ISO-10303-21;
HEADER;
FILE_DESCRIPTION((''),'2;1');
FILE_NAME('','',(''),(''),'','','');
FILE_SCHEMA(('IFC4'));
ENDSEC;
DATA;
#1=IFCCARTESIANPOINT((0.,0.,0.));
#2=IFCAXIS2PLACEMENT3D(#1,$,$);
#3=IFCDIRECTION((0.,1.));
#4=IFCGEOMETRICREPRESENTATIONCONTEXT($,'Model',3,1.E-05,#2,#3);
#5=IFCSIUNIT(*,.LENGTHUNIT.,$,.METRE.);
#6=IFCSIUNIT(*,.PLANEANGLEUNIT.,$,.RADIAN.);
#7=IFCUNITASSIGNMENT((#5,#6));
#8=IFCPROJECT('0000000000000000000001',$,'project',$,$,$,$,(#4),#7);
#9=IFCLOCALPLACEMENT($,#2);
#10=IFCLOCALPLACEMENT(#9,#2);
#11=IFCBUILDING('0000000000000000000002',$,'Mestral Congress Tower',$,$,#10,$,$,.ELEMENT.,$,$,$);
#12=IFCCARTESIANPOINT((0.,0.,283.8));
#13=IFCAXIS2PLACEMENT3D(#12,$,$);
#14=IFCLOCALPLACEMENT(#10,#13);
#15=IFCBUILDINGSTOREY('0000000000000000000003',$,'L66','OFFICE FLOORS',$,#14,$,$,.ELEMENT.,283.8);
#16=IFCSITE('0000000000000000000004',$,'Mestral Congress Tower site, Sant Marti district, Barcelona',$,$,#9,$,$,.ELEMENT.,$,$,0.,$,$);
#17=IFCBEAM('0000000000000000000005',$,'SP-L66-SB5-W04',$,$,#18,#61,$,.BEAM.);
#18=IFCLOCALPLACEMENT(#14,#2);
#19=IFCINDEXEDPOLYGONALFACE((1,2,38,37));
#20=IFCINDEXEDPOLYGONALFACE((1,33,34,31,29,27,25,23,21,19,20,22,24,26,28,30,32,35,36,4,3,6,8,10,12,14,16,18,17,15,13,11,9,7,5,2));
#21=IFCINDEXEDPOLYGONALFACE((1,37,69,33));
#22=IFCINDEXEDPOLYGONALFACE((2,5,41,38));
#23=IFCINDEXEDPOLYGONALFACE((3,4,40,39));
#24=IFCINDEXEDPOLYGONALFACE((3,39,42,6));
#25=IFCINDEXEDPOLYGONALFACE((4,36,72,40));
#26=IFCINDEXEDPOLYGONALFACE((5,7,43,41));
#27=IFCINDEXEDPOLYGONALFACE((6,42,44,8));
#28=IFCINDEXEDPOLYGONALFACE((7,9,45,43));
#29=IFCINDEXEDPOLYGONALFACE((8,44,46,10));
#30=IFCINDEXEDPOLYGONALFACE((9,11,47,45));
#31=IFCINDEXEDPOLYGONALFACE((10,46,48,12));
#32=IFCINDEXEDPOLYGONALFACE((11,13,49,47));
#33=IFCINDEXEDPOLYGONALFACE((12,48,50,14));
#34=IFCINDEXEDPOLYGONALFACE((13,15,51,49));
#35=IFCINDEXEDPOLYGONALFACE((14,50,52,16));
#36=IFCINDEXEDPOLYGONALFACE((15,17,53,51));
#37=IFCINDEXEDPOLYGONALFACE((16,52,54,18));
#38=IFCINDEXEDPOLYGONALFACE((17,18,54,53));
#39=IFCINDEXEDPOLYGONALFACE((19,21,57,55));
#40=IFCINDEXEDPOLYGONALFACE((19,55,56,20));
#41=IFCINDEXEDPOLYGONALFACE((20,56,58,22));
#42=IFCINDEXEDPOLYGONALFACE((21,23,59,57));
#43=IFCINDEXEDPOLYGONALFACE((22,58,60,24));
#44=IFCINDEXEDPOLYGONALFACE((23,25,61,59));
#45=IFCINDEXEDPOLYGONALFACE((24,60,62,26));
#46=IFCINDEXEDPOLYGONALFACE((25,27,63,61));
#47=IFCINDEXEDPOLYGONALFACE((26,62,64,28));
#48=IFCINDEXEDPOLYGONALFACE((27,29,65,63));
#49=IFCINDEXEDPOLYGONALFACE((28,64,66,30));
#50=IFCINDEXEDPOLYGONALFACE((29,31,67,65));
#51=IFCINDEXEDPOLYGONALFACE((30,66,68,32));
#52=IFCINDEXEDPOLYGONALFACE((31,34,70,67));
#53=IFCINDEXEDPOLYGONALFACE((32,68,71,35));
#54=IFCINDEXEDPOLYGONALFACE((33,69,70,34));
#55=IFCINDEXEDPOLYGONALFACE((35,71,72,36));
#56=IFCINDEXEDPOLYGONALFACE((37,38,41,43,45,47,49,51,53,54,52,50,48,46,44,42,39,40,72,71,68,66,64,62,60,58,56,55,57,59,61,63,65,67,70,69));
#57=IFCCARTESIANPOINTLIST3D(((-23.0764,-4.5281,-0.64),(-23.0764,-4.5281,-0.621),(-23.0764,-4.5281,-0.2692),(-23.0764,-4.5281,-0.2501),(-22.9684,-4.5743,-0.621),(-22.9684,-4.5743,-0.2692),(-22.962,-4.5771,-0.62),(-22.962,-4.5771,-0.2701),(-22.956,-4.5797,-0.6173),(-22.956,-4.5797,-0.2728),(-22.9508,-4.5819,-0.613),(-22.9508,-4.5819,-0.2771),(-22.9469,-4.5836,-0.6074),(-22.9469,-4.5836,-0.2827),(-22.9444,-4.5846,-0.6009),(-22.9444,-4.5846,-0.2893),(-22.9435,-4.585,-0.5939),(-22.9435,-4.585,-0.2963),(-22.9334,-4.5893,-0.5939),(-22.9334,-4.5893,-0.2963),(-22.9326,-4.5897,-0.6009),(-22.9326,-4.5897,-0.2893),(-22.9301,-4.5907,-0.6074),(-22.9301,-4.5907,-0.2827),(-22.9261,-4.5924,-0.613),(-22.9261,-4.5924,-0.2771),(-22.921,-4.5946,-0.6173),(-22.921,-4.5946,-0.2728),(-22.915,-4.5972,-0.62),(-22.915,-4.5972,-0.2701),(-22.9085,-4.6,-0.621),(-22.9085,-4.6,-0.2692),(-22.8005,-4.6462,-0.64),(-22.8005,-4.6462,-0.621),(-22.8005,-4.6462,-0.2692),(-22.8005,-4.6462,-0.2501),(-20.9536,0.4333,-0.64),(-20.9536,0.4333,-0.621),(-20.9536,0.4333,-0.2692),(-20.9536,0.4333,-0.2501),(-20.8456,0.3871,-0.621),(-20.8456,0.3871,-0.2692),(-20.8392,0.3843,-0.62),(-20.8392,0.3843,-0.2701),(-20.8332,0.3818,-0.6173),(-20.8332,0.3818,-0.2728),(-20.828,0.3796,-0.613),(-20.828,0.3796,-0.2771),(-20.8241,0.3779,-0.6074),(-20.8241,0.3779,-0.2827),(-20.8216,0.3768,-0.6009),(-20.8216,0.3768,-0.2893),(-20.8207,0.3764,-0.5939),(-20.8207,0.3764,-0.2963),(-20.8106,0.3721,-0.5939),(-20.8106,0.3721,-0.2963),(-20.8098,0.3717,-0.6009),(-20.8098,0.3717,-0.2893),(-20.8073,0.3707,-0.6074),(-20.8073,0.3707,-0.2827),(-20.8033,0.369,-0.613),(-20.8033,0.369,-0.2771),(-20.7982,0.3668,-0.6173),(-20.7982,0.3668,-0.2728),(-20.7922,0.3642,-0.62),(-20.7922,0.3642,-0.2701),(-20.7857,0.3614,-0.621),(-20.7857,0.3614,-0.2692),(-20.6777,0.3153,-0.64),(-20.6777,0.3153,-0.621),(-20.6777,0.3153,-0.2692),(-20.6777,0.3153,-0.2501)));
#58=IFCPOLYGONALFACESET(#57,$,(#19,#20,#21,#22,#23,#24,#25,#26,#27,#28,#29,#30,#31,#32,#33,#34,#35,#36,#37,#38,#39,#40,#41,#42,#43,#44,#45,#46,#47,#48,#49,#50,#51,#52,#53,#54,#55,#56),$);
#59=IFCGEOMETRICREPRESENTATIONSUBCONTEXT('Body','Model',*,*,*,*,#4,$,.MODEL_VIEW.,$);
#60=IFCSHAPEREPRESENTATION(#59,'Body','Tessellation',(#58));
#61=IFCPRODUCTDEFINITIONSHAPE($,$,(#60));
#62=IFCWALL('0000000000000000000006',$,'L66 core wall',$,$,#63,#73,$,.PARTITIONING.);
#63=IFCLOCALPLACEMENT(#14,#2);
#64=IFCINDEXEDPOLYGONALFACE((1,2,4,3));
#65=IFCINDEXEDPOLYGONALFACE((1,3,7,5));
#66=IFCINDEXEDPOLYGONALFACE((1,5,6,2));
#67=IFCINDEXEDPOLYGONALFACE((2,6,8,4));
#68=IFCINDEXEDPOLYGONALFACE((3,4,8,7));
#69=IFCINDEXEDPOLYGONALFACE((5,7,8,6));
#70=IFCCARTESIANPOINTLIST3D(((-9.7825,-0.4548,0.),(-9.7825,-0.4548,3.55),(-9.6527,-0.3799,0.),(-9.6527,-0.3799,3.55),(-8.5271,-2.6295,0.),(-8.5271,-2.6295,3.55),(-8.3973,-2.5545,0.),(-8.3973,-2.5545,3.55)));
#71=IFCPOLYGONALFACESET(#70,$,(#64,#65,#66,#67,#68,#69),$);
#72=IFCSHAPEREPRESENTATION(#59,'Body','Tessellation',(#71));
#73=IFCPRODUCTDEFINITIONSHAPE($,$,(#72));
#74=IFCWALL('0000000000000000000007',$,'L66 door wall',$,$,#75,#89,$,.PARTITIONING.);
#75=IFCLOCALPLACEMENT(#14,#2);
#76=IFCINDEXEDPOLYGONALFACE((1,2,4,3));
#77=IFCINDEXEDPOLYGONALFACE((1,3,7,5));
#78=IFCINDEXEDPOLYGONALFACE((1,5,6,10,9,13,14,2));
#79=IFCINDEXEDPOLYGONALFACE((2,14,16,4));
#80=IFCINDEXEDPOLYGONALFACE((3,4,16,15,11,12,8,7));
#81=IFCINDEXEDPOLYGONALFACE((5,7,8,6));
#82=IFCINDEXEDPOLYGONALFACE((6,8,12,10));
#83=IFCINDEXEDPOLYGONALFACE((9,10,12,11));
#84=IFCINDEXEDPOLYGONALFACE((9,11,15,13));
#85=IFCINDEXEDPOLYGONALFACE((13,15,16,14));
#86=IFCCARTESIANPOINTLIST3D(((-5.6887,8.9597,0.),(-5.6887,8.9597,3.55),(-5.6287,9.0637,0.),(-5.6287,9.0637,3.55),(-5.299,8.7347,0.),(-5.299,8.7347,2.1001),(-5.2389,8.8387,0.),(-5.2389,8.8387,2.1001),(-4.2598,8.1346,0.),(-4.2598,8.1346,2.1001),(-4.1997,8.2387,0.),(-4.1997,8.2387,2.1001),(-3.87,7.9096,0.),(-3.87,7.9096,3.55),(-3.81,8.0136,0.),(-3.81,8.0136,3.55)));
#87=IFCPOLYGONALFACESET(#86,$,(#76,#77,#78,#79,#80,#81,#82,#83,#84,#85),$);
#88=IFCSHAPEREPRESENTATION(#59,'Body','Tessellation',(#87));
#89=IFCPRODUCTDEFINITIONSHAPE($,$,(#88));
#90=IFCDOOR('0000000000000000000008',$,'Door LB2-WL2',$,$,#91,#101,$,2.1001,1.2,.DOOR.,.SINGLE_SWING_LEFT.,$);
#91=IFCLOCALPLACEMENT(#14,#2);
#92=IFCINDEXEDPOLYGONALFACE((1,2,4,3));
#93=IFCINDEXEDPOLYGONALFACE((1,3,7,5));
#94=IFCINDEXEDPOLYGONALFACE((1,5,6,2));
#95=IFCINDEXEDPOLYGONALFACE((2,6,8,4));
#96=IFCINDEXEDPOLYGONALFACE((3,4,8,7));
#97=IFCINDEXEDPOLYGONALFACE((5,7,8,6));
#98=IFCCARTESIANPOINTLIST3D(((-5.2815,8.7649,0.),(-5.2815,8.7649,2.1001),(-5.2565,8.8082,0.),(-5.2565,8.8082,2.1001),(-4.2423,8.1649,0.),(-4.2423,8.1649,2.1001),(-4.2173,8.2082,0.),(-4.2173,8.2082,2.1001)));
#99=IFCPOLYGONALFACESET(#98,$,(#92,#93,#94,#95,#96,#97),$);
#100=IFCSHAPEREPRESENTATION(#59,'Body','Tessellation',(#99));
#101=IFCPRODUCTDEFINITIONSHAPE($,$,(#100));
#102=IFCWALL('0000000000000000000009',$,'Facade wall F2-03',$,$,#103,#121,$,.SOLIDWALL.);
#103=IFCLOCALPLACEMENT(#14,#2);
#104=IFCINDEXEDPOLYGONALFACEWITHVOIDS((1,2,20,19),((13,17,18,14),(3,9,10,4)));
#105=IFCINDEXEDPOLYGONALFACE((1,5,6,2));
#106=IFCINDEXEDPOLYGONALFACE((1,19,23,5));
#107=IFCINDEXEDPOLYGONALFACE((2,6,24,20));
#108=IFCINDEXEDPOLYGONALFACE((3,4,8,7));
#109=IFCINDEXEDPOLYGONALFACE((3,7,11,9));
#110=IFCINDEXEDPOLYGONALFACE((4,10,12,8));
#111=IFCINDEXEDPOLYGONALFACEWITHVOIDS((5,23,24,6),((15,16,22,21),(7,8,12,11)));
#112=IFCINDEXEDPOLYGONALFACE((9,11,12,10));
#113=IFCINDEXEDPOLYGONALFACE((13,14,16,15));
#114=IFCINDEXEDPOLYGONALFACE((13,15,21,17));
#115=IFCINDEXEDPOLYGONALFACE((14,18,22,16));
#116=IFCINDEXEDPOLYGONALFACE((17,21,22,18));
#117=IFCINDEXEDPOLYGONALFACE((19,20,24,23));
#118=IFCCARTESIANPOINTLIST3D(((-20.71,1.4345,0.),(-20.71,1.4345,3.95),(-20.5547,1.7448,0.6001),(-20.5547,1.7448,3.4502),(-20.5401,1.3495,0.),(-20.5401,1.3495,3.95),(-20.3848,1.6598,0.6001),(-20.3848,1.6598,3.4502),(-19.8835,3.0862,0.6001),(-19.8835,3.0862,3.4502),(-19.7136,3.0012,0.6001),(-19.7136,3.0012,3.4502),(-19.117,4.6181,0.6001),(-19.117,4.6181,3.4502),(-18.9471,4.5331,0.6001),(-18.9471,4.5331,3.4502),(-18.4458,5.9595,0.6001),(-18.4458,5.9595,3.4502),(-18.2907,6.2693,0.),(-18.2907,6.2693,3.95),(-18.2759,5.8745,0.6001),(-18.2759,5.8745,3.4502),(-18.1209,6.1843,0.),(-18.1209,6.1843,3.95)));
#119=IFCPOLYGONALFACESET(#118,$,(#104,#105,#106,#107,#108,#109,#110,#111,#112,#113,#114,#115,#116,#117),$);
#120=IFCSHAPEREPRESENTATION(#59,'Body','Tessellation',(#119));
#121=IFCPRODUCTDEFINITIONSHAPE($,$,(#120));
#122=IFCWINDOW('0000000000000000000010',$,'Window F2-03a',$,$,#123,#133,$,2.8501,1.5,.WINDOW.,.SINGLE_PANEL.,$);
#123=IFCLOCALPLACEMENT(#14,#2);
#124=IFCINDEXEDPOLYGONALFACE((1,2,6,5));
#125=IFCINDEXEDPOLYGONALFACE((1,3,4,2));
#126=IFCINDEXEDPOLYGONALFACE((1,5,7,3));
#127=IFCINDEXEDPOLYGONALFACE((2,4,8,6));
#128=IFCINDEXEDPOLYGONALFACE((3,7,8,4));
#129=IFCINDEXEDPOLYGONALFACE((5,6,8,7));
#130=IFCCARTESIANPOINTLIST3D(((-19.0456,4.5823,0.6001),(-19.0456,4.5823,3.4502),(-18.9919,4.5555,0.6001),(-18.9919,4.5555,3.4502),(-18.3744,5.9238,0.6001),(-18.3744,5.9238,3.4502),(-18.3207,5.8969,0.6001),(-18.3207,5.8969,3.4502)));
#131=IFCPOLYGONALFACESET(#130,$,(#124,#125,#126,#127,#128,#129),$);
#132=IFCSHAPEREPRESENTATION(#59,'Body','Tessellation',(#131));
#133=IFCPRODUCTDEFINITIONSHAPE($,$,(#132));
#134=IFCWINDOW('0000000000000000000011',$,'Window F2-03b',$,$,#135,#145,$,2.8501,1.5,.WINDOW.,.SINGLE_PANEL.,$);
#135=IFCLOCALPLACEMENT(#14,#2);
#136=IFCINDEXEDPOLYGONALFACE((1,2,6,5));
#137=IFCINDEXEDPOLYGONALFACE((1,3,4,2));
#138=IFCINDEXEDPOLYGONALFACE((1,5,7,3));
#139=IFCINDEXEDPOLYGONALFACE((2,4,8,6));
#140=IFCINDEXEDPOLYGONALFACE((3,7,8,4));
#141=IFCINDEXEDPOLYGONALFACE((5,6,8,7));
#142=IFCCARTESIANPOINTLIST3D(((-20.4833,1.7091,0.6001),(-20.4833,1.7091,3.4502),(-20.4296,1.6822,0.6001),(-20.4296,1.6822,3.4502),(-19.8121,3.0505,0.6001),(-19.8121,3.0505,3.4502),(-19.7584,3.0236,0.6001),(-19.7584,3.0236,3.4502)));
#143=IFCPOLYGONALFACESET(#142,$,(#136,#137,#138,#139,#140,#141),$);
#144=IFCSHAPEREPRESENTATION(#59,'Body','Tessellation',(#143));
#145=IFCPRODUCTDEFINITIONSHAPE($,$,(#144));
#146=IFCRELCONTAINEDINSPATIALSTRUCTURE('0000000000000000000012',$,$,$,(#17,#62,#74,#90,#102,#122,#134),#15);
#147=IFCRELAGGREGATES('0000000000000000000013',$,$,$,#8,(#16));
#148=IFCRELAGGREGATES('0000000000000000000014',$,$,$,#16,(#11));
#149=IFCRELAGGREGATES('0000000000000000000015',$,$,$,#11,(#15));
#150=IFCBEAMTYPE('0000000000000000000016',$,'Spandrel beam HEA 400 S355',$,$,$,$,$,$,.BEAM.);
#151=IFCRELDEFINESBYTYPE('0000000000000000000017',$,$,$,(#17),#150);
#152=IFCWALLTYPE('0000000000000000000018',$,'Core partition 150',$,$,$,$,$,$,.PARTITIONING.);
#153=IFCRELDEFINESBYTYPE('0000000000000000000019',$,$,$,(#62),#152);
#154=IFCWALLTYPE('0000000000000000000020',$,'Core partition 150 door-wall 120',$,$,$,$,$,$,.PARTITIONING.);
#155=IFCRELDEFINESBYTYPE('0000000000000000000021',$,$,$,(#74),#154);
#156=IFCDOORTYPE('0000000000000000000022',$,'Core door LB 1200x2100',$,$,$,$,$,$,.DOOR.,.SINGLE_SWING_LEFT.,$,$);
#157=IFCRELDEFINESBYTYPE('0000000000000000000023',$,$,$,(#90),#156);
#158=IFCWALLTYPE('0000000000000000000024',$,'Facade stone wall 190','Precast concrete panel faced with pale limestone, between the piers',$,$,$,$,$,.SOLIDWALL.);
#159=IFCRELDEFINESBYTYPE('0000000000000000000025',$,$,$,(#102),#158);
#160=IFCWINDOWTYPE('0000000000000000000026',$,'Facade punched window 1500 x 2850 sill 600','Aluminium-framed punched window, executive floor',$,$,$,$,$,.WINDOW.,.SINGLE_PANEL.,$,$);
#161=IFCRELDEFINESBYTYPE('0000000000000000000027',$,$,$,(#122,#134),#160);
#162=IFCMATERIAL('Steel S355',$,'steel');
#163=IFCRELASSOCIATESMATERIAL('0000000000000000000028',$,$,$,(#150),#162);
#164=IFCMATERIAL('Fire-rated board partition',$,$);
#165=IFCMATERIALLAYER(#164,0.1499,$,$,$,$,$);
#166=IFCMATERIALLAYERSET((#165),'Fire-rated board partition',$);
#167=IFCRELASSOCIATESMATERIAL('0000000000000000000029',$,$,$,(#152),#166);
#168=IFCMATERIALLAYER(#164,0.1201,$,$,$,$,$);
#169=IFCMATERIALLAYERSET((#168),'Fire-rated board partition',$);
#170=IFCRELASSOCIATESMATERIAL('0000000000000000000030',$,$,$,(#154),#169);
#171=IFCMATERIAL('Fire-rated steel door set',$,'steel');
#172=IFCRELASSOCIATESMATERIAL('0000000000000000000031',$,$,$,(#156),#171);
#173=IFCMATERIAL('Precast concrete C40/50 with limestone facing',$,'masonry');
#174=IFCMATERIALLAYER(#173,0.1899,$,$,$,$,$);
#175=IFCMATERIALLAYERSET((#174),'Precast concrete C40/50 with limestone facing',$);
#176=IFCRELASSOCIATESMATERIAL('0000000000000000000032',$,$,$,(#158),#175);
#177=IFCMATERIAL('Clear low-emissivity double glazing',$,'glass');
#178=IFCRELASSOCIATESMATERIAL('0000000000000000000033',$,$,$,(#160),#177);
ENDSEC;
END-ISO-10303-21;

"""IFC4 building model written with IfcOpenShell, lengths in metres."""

from ifc_helpers import new_model, si_unit, direction, frame, frame_2d, origin, origin_2d, place, context, subcontext, project, spatial, rectangle, i_section, extrude, material, layer, layer_set, material_profile, profile_set, type_object, element, fill, save


model = new_model("IFC4")

# Units and contexts
model_context = context("Model", 3, precision=1e-05, world=origin(), true_north=direction((0.0, 1.0)))
body_context = subcontext(model_context, "Body", "Model", "MODEL_VIEW")
ifc_project = project(units=[si_unit("LENGTHUNIT", "METRE"), si_unit("PLANEANGLEUNIT", "RADIAN")], contexts=[model_context])

# Site, building, storey
site_placement = place(None, origin())
site = spatial("IfcSite", under=ifc_project, at=site_placement, Name="Mestral Congress Tower site, Sant Marti district, Barcelona", CompositionType="ELEMENT", RefElevation=0.0)
building_placement = place(site_placement, origin())
building = spatial("IfcBuilding", under=site, at=building_placement, Name="Mestral Congress Tower", CompositionType="ELEMENT")
storey_placement = place(building_placement, frame((0.0, 0.0, 283.8)))
storey = spatial("IfcBuildingStorey", under=building, at=storey_placement, Name="L66", Description="OFFICE FLOORS", CompositionType="ELEMENT", Elevation=283.8)

# Beam
ifc_material_1 = material(Name="Steel S355", Category="steel")
ifc_material_profile_1 = material_profile(ifc_material_1, i_section(OverallWidth=0.3, OverallDepth=0.3899, WebThickness=0.011, FlangeThickness=0.019, FilletRadius=0.0271, at=origin_2d()), Name="HEA 400")
ifc_profile_set_1 = profile_set([ifc_material_profile_1], Name="Steel S355")
beam_type_1 = type_object("IfcBeamType", Name="Spandrel beam HEA 400 S355", PredefinedType="BEAM", material=ifc_profile_set_1)
beam_1_placement = place(storey_placement, frame((-20.8157, 0.3743, -0.4451), z_axis=(-0.393368, -0.919381, 0.0), x_axis=(0.919381, -0.393368, 0.0)))
element("IfcBeam", 1, at=beam_1_placement, inside=storey, type_object=beam_type_1, Name="SP-L66-SB5-W04", PredefinedType="BEAM", context=body_context, shape_type="SweptSolid", body=[
    extrude(i_section(OverallWidth=0.3, OverallDepth=0.3899, WebThickness=0.011, FlangeThickness=0.019, FilletRadius=0.0271, at=origin_2d()), origin(), (0.0, 0.0, 1.0), 5.3965),
])

# Wall
ifc_material_2 = material(Name="Fire-rated board partition")
ifc_layer_1 = layer(ifc_material_2, 0.1499)
ifc_layer_set_1 = layer_set([ifc_layer_1], Name="Fire-rated board partition")
wall_type_1 = type_object("IfcWallType", Name="Core partition 150", PredefinedType="PARTITIONING", material=ifc_layer_set_1)
wall_1_placement = place(storey_placement, frame((-9.7175, -0.4175, 0.0), z_axis=(0.0, 0.0, 1.0), x_axis=(0.499967, -0.866045, 0.0)))
element("IfcWall", 2, at=wall_1_placement, inside=storey, type_object=wall_type_1, Name="L66 core wall", PredefinedType="PARTITIONING", context=body_context, shape_type="SweptSolid", body=[
    extrude(rectangle(XDim=2.511, YDim=0.1499, at=frame_2d((1.2554, 0.0))), origin(), (0.0, 0.0, 1.0), 3.55),
])

# Wall, opening, door
ifc_layer_2 = layer(ifc_material_2, 0.1201)
ifc_layer_set_2 = layer_set([ifc_layer_2], Name="Fire-rated board partition")
wall_type_2 = type_object("IfcWallType", Name="Core partition 150 door-wall 120", PredefinedType="PARTITIONING", material=ifc_layer_set_2)
wall_2_placement = place(storey_placement, frame((-5.6587, 9.0117, 0.0), z_axis=(0.0, 0.0, 1.0), x_axis=(0.866009, -0.500028, 0.0)))
wall_2 = element("IfcWall", 3, at=wall_2_placement, inside=storey, type_object=wall_type_2, Name="L66 door wall", PredefinedType="PARTITIONING", context=body_context, shape_type="SweptSolid", body=[
    extrude(rectangle(XDim=2.1001, YDim=0.1201, at=frame_2d((1.05, 0.0))), origin(), (0.0, 0.0, 1.0), 3.55),
])
opening_1_placement = place(wall_2_placement, frame((0.45, 0.0, 0.0)))
opening_1 = element("IfcOpeningElement", 4, at=opening_1_placement, cuts=wall_2, PredefinedType="OPENING", context=body_context, shape_type="SweptSolid", body=[
    extrude(rectangle(XDim=1.2, YDim=2.1001, at=frame_2d((0.6001, 1.05))), frame((0.0, 0.0701, 0.0), z_axis=(0.0, -1.0, 0.0), x_axis=(1.0, 0.0, 0.0)), (0.0, 0.0, 1.0), 0.1401),
])
ifc_material_3 = material(Name="Fire-rated steel door set", Category="steel")
door_type_1 = type_object("IfcDoorType", Name="Core door LB 1200x2100", OperationType="SINGLE_SWING_LEFT", PredefinedType="DOOR", material=ifc_material_3)
door_1_placement = place(opening_1_placement, origin())
door_1 = element("IfcDoor", 5, at=door_1_placement, inside=storey, type_object=door_type_1, Name="Door LB2-WL2", OperationType="SINGLE_SWING_LEFT", OverallHeight=2.1001, OverallWidth=1.2, PredefinedType="DOOR", context=body_context, shape_type="SweptSolid", body=[
    extrude(rectangle(XDim=1.2, YDim=2.1001, at=frame_2d((0.6001, 1.05))), frame((0.0, 0.0249, 0.0), z_axis=(0.0, -1.0, 0.0), x_axis=(1.0, 0.0, 0.0)), (0.0, 0.0, 1.0), 0.05),
])
fill(opening_1, door_1)

# Wall, openings, windows
ifc_material_4 = material(Name="Precast concrete C40/50 with limestone facing", Category="masonry")
ifc_layer_3 = layer(ifc_material_4, 0.1899)
ifc_layer_set_3 = layer_set([ifc_layer_3], Name="Precast concrete C40/50 with limestone facing")
wall_type_3 = type_object("IfcWallType", Name="Facade stone wall 190", Description="Precast concrete panel faced with pale limestone, between the piers", PredefinedType="SOLIDWALL", material=ifc_layer_set_3)
wall_3_placement = place(storey_placement, frame((-18.2058, 6.2268, 0.0), z_axis=(0.0, 0.0, 1.0), x_axis=(-0.447485, -0.894292, 0.0)))
wall_3 = element("IfcWall", 6, at=wall_3_placement, inside=storey, type_object=wall_type_3, Name="Facade wall F2-03", PredefinedType="SOLIDWALL", context=body_context, shape_type="SweptSolid", body=[
    extrude(rectangle(XDim=5.4062, YDim=0.1899, at=frame_2d((2.7031, 0.0))), origin(), (0.0, 0.0, 1.0), 3.95),
])
opening_2_placement = place(wall_3_placement, frame((0.3464, 0.0, 0.6001)))
opening_2 = element("IfcOpeningElement", 7, at=opening_2_placement, cuts=wall_3, PredefinedType="OPENING", context=body_context, shape_type="SweptSolid", body=[
    extrude(rectangle(XDim=1.5, YDim=2.8501, at=frame_2d((0.75, 1.425))), frame((0.0, 0.105, 0.0), z_axis=(0.0, -1.0, 0.0), x_axis=(1.0, 0.0, 0.0)), (0.0, 0.0, 1.0), 0.21),
])
opening_3_placement = place(wall_3_placement, frame((3.5593, 0.0, 0.6001)))
opening_3 = element("IfcOpeningElement", 8, at=opening_3_placement, cuts=wall_3, PredefinedType="OPENING", context=body_context, shape_type="SweptSolid", body=[
    extrude(rectangle(XDim=1.5, YDim=2.8501, at=frame_2d((0.75, 1.425))), frame((0.0, 0.105, 0.0), z_axis=(0.0, -1.0, 0.0), x_axis=(1.0, 0.0, 0.0)), (0.0, 0.0, 1.0), 0.21),
])
ifc_material_5 = material(Name="Clear low-emissivity double glazing", Category="glass")
window_type = type_object("IfcWindowType", Name="Facade punched window 1500 x 2850 sill 600", Description="Aluminium-framed punched window, executive floor", PartitioningType="SINGLE_PANEL", PredefinedType="WINDOW", material=ifc_material_5)
window_1_placement = place(opening_2_placement, origin())
window_1 = element("IfcWindow", 9, at=window_1_placement, inside=storey, type_object=window_type, Name="Window F2-03a", OverallHeight=2.8501, OverallWidth=1.5, PartitioningType="SINGLE_PANEL", PredefinedType="WINDOW", context=body_context, shape_type="SweptSolid", body=[
    extrude(rectangle(XDim=1.5, YDim=2.8501, at=frame_2d((0.75, 1.425))), frame((0.0, 0.0449, 0.0), z_axis=(0.0, -1.0, 0.0), x_axis=(1.0, 0.0, 0.0)), (0.0, 0.0, 1.0), 0.0601),
])
fill(opening_2, window_1)
window_2_placement = place(opening_3_placement, origin())
window_2 = element("IfcWindow", 10, at=window_2_placement, inside=storey, type_object=window_type, Name="Window F2-03b", OverallHeight=2.8501, OverallWidth=1.5, PartitioningType="SINGLE_PANEL", PredefinedType="WINDOW", context=body_context, shape_type="SweptSolid", body=[
    extrude(rectangle(XDim=1.5, YDim=2.8501, at=frame_2d((0.75, 1.425))), frame((0.0, 0.0449, 0.0), z_axis=(0.0, -1.0, 0.0), x_axis=(1.0, 0.0, 0.0)), (0.0, 0.0, 1.0), 0.0601),
])
fill(opening_3, window_2)

save(model, "model.ifc")
